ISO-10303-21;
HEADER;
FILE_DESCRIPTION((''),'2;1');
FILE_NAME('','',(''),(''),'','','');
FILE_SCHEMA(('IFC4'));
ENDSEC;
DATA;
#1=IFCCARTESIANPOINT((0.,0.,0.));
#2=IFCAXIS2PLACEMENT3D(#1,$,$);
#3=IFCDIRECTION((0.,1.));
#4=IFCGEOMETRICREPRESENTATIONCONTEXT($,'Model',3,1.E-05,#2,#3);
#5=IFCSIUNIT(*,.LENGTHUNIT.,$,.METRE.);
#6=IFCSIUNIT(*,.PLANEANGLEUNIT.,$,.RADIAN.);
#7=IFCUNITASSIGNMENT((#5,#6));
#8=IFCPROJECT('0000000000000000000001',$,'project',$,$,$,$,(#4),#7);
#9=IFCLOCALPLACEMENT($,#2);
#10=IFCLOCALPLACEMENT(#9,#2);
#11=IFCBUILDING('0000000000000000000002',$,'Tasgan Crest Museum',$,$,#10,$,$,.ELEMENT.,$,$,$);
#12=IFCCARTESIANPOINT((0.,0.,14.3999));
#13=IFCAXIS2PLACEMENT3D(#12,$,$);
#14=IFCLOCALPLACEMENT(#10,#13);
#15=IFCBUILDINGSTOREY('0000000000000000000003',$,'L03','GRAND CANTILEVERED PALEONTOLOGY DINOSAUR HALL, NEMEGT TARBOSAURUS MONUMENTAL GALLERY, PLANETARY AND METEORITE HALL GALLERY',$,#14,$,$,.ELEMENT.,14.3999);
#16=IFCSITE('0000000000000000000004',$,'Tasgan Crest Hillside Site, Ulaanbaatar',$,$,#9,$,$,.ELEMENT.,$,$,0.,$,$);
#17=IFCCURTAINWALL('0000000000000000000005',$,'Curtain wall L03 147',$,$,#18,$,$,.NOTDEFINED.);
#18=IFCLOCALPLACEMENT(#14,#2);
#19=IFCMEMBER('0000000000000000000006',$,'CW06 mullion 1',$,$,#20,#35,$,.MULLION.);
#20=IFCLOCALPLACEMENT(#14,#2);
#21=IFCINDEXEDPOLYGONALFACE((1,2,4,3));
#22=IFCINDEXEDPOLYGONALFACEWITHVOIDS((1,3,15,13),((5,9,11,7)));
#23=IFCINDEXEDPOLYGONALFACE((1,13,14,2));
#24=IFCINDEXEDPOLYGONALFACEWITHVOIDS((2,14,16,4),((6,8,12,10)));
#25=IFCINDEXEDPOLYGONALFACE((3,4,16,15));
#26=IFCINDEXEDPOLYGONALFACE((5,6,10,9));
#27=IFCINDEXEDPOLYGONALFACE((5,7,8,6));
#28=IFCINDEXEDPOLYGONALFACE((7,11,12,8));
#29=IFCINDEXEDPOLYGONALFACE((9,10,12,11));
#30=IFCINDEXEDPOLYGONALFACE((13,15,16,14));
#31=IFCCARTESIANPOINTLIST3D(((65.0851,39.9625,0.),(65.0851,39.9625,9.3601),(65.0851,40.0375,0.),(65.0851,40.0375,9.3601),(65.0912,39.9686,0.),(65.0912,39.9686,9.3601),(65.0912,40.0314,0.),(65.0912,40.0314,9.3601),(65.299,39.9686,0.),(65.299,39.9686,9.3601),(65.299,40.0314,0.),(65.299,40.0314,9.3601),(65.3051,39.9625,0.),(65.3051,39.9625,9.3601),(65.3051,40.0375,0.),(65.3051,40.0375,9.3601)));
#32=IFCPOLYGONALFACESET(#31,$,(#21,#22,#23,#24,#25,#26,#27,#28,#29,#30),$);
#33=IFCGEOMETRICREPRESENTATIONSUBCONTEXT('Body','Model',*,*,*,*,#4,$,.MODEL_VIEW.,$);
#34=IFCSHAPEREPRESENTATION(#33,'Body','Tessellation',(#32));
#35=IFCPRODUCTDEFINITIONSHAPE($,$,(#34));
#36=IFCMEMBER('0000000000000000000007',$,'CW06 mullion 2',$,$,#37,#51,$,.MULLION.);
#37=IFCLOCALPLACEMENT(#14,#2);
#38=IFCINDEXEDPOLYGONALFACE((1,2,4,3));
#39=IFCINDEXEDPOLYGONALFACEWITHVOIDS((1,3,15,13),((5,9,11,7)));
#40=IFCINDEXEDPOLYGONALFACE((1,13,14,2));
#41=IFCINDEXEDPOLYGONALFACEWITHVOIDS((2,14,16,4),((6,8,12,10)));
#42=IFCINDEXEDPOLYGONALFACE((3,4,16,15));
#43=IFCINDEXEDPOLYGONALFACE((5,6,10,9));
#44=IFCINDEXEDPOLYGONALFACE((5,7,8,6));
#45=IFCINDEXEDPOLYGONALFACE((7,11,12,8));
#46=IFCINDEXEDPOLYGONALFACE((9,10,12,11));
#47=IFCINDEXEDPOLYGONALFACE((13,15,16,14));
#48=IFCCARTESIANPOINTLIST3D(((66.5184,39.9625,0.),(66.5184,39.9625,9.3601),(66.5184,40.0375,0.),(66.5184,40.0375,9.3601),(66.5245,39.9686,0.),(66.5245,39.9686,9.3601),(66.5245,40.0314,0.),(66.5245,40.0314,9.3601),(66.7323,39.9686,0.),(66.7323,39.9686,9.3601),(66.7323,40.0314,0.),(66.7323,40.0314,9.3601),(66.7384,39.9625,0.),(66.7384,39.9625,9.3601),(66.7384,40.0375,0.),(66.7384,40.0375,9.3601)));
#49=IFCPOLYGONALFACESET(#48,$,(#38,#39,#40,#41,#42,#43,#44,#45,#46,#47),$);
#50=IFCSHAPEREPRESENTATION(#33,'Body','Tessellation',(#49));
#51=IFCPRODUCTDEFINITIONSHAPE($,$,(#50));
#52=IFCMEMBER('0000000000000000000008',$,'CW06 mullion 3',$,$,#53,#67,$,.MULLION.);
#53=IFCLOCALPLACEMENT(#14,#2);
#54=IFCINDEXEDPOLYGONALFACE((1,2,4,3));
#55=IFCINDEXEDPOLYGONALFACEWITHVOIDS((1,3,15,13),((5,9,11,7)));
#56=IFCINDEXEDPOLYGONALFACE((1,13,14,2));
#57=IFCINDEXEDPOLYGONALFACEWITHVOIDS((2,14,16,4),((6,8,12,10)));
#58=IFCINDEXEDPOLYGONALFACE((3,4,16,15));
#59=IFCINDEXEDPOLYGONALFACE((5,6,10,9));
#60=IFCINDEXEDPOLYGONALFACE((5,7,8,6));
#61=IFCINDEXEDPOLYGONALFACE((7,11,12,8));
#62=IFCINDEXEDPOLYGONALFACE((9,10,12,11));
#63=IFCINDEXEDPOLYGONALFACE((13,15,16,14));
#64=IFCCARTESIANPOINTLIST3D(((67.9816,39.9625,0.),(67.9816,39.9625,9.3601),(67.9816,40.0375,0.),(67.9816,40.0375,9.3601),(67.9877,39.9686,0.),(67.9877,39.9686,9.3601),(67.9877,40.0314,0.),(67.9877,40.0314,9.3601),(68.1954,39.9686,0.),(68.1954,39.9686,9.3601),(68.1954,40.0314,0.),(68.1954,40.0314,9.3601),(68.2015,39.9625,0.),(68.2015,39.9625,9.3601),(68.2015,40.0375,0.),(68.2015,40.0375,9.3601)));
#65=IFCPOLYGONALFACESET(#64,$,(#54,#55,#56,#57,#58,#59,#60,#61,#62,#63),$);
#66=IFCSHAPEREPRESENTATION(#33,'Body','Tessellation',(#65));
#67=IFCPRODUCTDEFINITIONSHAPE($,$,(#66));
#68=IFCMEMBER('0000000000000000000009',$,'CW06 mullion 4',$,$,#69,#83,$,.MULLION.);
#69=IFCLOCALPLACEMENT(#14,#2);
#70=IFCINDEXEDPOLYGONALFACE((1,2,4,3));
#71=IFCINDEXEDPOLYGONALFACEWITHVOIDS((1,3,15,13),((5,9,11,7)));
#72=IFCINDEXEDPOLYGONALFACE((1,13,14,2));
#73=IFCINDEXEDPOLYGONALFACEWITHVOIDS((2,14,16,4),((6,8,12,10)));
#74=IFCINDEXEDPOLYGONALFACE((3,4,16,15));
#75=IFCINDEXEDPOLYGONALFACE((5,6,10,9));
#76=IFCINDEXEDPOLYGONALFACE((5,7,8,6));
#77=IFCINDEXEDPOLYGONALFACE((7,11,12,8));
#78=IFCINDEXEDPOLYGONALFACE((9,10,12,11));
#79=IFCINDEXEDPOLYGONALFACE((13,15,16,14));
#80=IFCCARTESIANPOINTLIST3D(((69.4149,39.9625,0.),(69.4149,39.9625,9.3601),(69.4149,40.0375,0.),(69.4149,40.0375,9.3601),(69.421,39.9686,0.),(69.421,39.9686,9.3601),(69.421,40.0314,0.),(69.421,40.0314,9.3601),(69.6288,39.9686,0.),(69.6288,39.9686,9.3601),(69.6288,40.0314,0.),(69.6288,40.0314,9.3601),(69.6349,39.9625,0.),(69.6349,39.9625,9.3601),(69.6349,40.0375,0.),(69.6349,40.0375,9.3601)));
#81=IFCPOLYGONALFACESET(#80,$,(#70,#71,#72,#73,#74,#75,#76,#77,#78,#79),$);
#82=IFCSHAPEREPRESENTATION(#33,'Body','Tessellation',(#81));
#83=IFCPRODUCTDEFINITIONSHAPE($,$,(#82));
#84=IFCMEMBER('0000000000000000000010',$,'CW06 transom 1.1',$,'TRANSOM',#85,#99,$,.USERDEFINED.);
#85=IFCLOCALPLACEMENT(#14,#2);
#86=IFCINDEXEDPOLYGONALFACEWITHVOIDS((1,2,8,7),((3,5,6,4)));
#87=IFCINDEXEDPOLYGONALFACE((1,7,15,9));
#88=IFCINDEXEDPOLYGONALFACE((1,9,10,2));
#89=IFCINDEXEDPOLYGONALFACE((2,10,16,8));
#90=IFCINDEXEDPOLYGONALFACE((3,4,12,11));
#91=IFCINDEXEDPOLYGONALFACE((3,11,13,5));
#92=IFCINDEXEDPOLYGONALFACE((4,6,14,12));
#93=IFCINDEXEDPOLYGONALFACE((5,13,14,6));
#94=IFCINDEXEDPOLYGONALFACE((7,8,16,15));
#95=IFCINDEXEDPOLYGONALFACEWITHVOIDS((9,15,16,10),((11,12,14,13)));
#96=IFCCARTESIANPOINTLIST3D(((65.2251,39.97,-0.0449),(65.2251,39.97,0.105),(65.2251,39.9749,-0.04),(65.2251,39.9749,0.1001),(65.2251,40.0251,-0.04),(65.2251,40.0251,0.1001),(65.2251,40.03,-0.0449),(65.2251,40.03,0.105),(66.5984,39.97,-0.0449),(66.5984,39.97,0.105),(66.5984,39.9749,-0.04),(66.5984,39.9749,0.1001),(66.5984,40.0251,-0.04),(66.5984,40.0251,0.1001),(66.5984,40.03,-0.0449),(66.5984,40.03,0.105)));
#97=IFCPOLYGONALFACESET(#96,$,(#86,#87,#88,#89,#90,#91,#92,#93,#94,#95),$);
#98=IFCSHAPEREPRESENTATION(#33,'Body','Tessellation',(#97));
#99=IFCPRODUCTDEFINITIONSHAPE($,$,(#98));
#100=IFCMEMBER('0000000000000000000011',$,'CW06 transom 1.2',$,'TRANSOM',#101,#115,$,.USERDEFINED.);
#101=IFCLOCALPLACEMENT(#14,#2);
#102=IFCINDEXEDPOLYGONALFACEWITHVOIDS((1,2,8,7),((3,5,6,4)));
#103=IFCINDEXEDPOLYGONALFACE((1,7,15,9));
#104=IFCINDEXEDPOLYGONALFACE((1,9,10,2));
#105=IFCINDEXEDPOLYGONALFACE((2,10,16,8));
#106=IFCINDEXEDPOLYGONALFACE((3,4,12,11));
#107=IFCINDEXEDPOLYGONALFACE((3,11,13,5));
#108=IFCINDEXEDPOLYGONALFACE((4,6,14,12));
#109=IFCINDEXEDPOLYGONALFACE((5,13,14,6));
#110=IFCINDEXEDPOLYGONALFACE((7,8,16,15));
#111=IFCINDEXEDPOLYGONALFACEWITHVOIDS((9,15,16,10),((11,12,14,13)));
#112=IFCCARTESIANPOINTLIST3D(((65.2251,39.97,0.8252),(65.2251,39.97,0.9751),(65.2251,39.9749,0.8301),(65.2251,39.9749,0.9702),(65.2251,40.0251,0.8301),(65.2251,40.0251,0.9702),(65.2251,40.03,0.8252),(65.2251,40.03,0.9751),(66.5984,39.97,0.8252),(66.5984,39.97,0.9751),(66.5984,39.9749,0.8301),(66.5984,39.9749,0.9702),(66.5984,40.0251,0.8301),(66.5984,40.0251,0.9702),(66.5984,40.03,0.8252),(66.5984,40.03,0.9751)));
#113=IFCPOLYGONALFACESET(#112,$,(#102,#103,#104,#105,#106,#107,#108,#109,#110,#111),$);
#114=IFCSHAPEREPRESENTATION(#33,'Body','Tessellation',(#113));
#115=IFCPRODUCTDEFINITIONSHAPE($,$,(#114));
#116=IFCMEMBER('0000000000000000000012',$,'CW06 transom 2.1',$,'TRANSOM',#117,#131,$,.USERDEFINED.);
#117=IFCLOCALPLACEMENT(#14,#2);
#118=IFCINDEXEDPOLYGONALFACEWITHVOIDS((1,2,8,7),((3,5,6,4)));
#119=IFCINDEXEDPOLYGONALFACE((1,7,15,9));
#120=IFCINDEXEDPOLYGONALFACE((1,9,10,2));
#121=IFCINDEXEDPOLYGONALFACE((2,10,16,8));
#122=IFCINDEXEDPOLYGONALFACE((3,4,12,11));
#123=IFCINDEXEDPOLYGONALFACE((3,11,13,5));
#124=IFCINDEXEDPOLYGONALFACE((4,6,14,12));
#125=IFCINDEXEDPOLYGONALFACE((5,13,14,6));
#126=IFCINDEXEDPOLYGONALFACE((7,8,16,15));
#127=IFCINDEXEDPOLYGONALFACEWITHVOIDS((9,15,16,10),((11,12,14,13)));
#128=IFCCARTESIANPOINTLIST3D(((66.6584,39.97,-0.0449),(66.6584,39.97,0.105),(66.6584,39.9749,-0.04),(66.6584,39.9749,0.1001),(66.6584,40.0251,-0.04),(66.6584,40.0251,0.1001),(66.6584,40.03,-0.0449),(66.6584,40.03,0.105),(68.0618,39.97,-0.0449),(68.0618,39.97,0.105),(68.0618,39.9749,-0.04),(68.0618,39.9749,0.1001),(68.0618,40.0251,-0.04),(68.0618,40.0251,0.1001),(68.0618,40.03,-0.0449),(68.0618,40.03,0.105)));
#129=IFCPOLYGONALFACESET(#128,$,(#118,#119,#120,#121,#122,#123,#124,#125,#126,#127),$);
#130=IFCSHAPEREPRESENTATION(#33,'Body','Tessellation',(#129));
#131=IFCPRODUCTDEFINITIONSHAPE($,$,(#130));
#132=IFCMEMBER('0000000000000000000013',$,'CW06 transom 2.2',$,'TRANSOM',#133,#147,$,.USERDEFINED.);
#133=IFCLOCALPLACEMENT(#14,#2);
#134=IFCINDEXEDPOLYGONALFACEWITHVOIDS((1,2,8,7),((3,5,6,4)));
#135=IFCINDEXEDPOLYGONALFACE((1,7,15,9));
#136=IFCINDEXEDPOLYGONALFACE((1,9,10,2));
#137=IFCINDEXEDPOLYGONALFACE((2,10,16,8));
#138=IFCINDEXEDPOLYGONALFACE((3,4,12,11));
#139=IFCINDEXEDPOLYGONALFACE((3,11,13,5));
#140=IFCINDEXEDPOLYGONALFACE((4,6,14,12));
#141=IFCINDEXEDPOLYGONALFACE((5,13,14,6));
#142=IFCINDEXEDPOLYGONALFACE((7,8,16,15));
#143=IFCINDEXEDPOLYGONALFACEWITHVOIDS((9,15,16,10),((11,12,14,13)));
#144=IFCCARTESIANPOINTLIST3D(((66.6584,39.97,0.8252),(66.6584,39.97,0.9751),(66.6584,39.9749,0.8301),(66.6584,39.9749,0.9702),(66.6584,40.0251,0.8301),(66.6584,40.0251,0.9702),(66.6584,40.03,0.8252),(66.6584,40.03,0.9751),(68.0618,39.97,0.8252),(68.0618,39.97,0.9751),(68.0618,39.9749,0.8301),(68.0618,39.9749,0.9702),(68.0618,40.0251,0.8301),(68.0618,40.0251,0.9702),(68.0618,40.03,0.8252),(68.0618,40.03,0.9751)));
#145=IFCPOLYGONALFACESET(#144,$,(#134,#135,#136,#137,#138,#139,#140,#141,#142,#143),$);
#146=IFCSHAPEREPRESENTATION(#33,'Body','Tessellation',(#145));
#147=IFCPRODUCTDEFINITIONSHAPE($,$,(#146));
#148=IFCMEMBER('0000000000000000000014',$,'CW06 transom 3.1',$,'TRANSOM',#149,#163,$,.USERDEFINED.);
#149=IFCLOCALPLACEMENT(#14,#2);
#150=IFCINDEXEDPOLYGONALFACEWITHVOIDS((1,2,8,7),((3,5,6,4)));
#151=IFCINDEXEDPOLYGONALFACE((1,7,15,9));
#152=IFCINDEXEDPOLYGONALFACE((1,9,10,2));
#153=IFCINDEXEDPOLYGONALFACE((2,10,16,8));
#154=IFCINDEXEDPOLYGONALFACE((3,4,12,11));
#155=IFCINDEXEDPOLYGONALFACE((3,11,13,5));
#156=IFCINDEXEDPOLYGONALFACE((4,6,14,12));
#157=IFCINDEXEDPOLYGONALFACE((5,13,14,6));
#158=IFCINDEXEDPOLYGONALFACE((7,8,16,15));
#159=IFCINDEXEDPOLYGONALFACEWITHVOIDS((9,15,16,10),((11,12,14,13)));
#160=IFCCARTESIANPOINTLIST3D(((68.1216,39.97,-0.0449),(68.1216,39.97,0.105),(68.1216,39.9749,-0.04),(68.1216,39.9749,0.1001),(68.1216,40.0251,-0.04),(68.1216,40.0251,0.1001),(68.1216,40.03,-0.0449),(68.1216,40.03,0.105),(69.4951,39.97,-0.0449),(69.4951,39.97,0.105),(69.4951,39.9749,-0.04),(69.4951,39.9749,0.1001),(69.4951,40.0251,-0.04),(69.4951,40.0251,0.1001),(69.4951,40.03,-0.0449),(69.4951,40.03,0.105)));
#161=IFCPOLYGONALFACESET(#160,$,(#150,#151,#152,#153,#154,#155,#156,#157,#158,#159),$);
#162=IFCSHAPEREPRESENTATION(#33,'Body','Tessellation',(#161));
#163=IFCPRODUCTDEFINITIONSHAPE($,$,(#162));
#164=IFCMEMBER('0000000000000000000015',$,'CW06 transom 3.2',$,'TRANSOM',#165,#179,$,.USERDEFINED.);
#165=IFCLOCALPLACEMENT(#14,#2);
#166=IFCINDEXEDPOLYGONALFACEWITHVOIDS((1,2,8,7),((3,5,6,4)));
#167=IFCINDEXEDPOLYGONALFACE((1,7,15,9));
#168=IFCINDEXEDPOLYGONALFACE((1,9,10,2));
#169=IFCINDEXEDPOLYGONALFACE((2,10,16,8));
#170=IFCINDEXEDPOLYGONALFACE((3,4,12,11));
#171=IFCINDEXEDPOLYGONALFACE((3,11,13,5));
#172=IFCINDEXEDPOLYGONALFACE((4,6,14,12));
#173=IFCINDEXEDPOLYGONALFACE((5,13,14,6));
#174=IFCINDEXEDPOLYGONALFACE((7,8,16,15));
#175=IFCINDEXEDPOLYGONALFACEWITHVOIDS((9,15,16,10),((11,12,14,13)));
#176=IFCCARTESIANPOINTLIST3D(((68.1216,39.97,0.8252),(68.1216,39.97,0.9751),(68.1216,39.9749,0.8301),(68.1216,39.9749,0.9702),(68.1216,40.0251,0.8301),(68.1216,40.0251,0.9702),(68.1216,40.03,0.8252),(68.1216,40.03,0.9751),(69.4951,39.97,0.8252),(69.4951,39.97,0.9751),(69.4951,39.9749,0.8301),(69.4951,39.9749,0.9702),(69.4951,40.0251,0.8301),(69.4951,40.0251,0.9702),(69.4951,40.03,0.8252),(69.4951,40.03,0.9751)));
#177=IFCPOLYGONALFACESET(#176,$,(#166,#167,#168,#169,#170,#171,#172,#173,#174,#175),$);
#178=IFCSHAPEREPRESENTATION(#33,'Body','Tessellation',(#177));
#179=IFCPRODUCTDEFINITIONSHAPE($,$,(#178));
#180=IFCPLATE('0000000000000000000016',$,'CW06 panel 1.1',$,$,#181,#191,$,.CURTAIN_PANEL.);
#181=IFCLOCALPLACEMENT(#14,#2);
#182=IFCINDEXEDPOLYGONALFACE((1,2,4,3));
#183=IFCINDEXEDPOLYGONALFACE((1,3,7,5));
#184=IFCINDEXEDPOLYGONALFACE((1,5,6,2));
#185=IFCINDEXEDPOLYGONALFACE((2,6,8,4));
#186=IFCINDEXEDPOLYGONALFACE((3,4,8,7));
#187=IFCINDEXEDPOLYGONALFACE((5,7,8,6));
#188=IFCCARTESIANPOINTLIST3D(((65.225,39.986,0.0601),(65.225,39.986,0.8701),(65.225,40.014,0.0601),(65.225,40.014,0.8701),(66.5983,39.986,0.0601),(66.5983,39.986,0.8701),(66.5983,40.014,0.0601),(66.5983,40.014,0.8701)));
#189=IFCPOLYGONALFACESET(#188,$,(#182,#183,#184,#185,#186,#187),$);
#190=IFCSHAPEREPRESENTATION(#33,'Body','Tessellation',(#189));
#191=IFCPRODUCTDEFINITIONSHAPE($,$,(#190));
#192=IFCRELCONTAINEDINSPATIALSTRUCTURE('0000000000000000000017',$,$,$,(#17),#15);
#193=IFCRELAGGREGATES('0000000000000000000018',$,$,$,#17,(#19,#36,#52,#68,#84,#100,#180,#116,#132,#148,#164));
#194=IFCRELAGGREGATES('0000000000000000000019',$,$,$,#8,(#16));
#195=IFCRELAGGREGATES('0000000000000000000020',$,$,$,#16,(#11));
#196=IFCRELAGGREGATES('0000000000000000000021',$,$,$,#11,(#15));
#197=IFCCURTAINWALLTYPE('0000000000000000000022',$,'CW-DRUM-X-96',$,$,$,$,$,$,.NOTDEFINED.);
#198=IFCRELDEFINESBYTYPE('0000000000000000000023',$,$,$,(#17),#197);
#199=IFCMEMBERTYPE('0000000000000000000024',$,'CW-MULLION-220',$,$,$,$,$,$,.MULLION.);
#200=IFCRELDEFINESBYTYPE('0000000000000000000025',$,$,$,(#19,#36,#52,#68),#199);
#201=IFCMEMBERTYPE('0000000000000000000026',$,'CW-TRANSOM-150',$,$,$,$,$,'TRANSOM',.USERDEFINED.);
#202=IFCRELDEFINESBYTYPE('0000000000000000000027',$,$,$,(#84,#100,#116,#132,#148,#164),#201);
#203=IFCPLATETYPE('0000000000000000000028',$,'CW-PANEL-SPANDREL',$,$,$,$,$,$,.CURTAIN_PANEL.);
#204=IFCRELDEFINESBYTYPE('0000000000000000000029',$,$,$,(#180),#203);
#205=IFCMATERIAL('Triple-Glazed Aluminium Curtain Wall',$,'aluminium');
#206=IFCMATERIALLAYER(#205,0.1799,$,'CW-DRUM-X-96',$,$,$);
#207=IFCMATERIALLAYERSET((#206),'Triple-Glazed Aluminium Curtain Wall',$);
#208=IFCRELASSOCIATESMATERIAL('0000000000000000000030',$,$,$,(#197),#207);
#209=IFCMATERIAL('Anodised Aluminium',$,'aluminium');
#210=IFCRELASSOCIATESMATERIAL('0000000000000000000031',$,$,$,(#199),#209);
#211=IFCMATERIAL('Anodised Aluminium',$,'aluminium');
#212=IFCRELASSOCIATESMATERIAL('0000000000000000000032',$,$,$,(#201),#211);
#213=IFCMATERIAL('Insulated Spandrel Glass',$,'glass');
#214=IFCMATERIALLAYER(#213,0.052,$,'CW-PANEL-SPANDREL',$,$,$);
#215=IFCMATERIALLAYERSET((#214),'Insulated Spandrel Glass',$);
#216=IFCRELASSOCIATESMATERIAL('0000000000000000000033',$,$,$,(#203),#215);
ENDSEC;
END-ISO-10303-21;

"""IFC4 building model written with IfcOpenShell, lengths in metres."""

from ifc_helpers import new_model, si_unit, direction, frame, origin, origin_2d, place, context, subcontext, project, spatial, rectangle, hollow_rectangle, extrude, material, layer, layer_set, material_profile, profile_set, type_object, element, aggregate, save


model = new_model("IFC4")

# Units and contexts
model_context = context("Model", 3, precision=1e-05, world=origin(), true_north=direction((0.0, 1.0)))
body_context = subcontext(model_context, "Body", "Model", "MODEL_VIEW")
ifc_project = project(units=[si_unit("LENGTHUNIT", "METRE"), si_unit("PLANEANGLEUNIT", "RADIAN")], contexts=[model_context])

# Site, building, storey
site_placement = place(None, origin())
site = spatial("IfcSite", under=ifc_project, at=site_placement, Name="Tasgan Crest Hillside Site, Ulaanbaatar", CompositionType="ELEMENT", RefElevation=0.0)
building_placement = place(site_placement, origin())
building = spatial("IfcBuilding", under=site, at=building_placement, Name="Tasgan Crest Museum", CompositionType="ELEMENT")
storey_placement = place(building_placement, frame((0.0, 0.0, 14.3999)))
storey = spatial("IfcBuildingStorey", under=building, at=storey_placement, Name="L03", Description="GRAND CANTILEVERED PALEONTOLOGY DINOSAUR HALL, NEMEGT TARBOSAURUS MONUMENTAL GALLERY, PLANETARY AND METEORITE HALL GALLERY", CompositionType="ELEMENT", Elevation=14.3999)

# Shared definitions
ifc_material_1 = material(Name="Triple-Glazed Aluminium Curtain Wall", Category="aluminium")
ifc_layer_1 = layer(ifc_material_1, 0.1799, Name="CW-DRUM-X-96")
ifc_layer_set_1 = layer_set([ifc_layer_1], Name="Triple-Glazed Aluminium Curtain Wall")
curtain_wall_type = type_object("IfcCurtainWallType", Name="CW-DRUM-X-96", PredefinedType="NOTDEFINED", material=ifc_layer_set_1)
ifc_material_2 = material(Name="Anodised Aluminium", Category="aluminium")
ifc_material_profile_1 = material_profile(ifc_material_2, hollow_rectangle(XDim=0.075, YDim=0.22, WallThickness=0.0061, at=origin_2d()), Name="ALU MULLION 220x75x6")
ifc_profile_set_1 = profile_set([ifc_material_profile_1], Name="Anodised Aluminium")
member_type_1 = type_object("IfcMemberType", Name="CW-MULLION-220", PredefinedType="MULLION", material=ifc_profile_set_1)

# Curtain wall, members, plate
curtain_wall_1_placement = place(storey_placement, origin())
curtain_wall_1 = element("IfcCurtainWall", 1, at=curtain_wall_1_placement, inside=storey, type_object=curtain_wall_type, Name="Curtain wall L03 147", PredefinedType="NOTDEFINED")
member_1_placement = place(storey_placement, frame((65.1951, 40.0, 0.0), z_axis=(0.0, 0.0, 1.0), x_axis=(0.0, 1.0, 0.0)))
member_1 = element("IfcMember", 2, at=member_1_placement, type_object=member_type_1, Name="CW06 mullion 1", PredefinedType="MULLION", context=body_context, shape_type="SweptSolid", body=[
    extrude(hollow_rectangle(XDim=0.075, YDim=0.22, WallThickness=0.0061, at=origin_2d()), origin(), (0.0, 0.0, 1.0), 9.3601),
])
member_2_placement = place(storey_placement, frame((66.6284, 40.0, 0.0), z_axis=(0.0, 0.0, 1.0), x_axis=(0.0, 1.0, 0.0)))
member_2 = element("IfcMember", 3, at=member_2_placement, type_object=member_type_1, Name="CW06 mullion 2", PredefinedType="MULLION", context=body_context, shape_type="SweptSolid", body=[
    extrude(hollow_rectangle(XDim=0.075, YDim=0.22, WallThickness=0.0061, at=origin_2d()), origin(), (0.0, 0.0, 1.0), 9.3601),
])
member_3_placement = place(storey_placement, frame((68.0916, 40.0, 0.0), z_axis=(0.0, 0.0, 1.0), x_axis=(0.0, 1.0, 0.0)))
member_3 = element("IfcMember", 4, at=member_3_placement, type_object=member_type_1, Name="CW06 mullion 3", PredefinedType="MULLION", context=body_context, shape_type="SweptSolid", body=[
    extrude(hollow_rectangle(XDim=0.075, YDim=0.22, WallThickness=0.0061, at=origin_2d()), origin(), (0.0, 0.0, 1.0), 9.3601),
])
member_4_placement = place(storey_placement, frame((69.5249, 40.0, 0.0), z_axis=(0.0, 0.0, 1.0), x_axis=(0.0, 1.0, 0.0)))
member_4 = element("IfcMember", 5, at=member_4_placement, type_object=member_type_1, Name="CW06 mullion 4", PredefinedType="MULLION", context=body_context, shape_type="SweptSolid", body=[
    extrude(hollow_rectangle(XDim=0.075, YDim=0.22, WallThickness=0.0061, at=origin_2d()), origin(), (0.0, 0.0, 1.0), 9.3601),
])
ifc_material_3 = material(Name="Anodised Aluminium", Category="aluminium")
ifc_material_profile_2 = material_profile(ifc_material_3, hollow_rectangle(XDim=0.0601, YDim=0.1499, WallThickness=0.0049, at=origin_2d()), Name="ALU TRANSOM 150x60x5")
ifc_profile_set_2 = profile_set([ifc_material_profile_2], Name="Anodised Aluminium")
member_type_2 = type_object("IfcMemberType", Name="CW-TRANSOM-150", ElementType="TRANSOM", PredefinedType="USERDEFINED", material=ifc_profile_set_2)
member_5_placement = place(storey_placement, frame((65.2251, 40.0, 0.03), z_axis=(1.0, 0.0, 0.0), x_axis=(0.0, 1.0, 0.0)))
member_5 = element("IfcMember", 6, at=member_5_placement, type_object=member_type_2, Name="CW06 transom 1.1", ObjectType="TRANSOM", PredefinedType="USERDEFINED", context=body_context, shape_type="SweptSolid", body=[
    extrude(hollow_rectangle(XDim=0.0601, YDim=0.1499, WallThickness=0.0049, at=origin_2d()), origin(), (0.0, 0.0, 1.0), 1.3733),
])
member_6_placement = place(storey_placement, frame((65.2251, 40.0, 0.9001), z_axis=(1.0, 0.0, 0.0), x_axis=(0.0, 1.0, 0.0)))
member_6 = element("IfcMember", 7, at=member_6_placement, type_object=member_type_2, Name="CW06 transom 1.2", ObjectType="TRANSOM", PredefinedType="USERDEFINED", context=body_context, shape_type="SweptSolid", body=[
    extrude(hollow_rectangle(XDim=0.0601, YDim=0.1499, WallThickness=0.0049, at=origin_2d()), origin(), (0.0, 0.0, 1.0), 1.3733),
])
member_7_placement = place(storey_placement, frame((66.6584, 40.0, 0.03), z_axis=(1.0, 0.0, 0.0), x_axis=(0.0, 1.0, 0.0)))
member_7 = element("IfcMember", 8, at=member_7_placement, type_object=member_type_2, Name="CW06 transom 2.1", ObjectType="TRANSOM", PredefinedType="USERDEFINED", context=body_context, shape_type="SweptSolid", body=[
    extrude(hollow_rectangle(XDim=0.0601, YDim=0.1499, WallThickness=0.0049, at=origin_2d()), origin(), (0.0, 0.0, 1.0), 1.4033),
])
member_8_placement = place(storey_placement, frame((66.6584, 40.0, 0.9001), z_axis=(1.0, 0.0, 0.0), x_axis=(0.0, 1.0, 0.0)))
member_8 = element("IfcMember", 9, at=member_8_placement, type_object=member_type_2, Name="CW06 transom 2.2", ObjectType="TRANSOM", PredefinedType="USERDEFINED", context=body_context, shape_type="SweptSolid", body=[
    extrude(hollow_rectangle(XDim=0.0601, YDim=0.1499, WallThickness=0.0049, at=origin_2d()), origin(), (0.0, 0.0, 1.0), 1.4033),
])
member_9_placement = place(storey_placement, frame((68.1216, 40.0, 0.03), z_axis=(1.0, 0.0, 0.0), x_axis=(0.0, 1.0, 0.0)))
member_9 = element("IfcMember", 10, at=member_9_placement, type_object=member_type_2, Name="CW06 transom 3.1", ObjectType="TRANSOM", PredefinedType="USERDEFINED", context=body_context, shape_type="SweptSolid", body=[
    extrude(hollow_rectangle(XDim=0.0601, YDim=0.1499, WallThickness=0.0049, at=origin_2d()), origin(), (0.0, 0.0, 1.0), 1.3735),
])
member_10_placement = place(storey_placement, frame((68.1216, 40.0, 0.9001), z_axis=(1.0, 0.0, 0.0), x_axis=(0.0, 1.0, 0.0)))
member_10 = element("IfcMember", 11, at=member_10_placement, type_object=member_type_2, Name="CW06 transom 3.2", ObjectType="TRANSOM", PredefinedType="USERDEFINED", context=body_context, shape_type="SweptSolid", body=[
    extrude(hollow_rectangle(XDim=0.0601, YDim=0.1499, WallThickness=0.0049, at=origin_2d()), origin(), (0.0, 0.0, 1.0), 1.3735),
])
ifc_material_4 = material(Name="Insulated Spandrel Glass", Category="glass")
ifc_layer_2 = layer(ifc_material_4, 0.052, Name="CW-PANEL-SPANDREL")
ifc_layer_set_2 = layer_set([ifc_layer_2], Name="Insulated Spandrel Glass")
plate_type_1 = type_object("IfcPlateType", Name="CW-PANEL-SPANDREL", PredefinedType="CURTAIN_PANEL", material=ifc_layer_set_2)
plate_1_placement = place(storey_placement, frame((65.9116, 40.0, 0.0601), z_axis=(0.0, 0.0, 1.0), x_axis=(1.0, 0.0, 0.0)))
plate_1 = element("IfcPlate", 12, at=plate_1_placement, type_object=plate_type_1, Name="CW06 panel 1.1", PredefinedType="CURTAIN_PANEL", context=body_context, shape_type="SweptSolid", body=[
    extrude(rectangle(XDim=1.3733, YDim=0.0281, at=origin_2d()), origin(), (0.0, 0.0, 1.0), 0.8101),
])
aggregate(curtain_wall_1, [member_1, member_2, member_3, member_4, member_5, member_6, plate_1, member_7, member_8, member_9, member_10])

save(model, "model.ifc")
